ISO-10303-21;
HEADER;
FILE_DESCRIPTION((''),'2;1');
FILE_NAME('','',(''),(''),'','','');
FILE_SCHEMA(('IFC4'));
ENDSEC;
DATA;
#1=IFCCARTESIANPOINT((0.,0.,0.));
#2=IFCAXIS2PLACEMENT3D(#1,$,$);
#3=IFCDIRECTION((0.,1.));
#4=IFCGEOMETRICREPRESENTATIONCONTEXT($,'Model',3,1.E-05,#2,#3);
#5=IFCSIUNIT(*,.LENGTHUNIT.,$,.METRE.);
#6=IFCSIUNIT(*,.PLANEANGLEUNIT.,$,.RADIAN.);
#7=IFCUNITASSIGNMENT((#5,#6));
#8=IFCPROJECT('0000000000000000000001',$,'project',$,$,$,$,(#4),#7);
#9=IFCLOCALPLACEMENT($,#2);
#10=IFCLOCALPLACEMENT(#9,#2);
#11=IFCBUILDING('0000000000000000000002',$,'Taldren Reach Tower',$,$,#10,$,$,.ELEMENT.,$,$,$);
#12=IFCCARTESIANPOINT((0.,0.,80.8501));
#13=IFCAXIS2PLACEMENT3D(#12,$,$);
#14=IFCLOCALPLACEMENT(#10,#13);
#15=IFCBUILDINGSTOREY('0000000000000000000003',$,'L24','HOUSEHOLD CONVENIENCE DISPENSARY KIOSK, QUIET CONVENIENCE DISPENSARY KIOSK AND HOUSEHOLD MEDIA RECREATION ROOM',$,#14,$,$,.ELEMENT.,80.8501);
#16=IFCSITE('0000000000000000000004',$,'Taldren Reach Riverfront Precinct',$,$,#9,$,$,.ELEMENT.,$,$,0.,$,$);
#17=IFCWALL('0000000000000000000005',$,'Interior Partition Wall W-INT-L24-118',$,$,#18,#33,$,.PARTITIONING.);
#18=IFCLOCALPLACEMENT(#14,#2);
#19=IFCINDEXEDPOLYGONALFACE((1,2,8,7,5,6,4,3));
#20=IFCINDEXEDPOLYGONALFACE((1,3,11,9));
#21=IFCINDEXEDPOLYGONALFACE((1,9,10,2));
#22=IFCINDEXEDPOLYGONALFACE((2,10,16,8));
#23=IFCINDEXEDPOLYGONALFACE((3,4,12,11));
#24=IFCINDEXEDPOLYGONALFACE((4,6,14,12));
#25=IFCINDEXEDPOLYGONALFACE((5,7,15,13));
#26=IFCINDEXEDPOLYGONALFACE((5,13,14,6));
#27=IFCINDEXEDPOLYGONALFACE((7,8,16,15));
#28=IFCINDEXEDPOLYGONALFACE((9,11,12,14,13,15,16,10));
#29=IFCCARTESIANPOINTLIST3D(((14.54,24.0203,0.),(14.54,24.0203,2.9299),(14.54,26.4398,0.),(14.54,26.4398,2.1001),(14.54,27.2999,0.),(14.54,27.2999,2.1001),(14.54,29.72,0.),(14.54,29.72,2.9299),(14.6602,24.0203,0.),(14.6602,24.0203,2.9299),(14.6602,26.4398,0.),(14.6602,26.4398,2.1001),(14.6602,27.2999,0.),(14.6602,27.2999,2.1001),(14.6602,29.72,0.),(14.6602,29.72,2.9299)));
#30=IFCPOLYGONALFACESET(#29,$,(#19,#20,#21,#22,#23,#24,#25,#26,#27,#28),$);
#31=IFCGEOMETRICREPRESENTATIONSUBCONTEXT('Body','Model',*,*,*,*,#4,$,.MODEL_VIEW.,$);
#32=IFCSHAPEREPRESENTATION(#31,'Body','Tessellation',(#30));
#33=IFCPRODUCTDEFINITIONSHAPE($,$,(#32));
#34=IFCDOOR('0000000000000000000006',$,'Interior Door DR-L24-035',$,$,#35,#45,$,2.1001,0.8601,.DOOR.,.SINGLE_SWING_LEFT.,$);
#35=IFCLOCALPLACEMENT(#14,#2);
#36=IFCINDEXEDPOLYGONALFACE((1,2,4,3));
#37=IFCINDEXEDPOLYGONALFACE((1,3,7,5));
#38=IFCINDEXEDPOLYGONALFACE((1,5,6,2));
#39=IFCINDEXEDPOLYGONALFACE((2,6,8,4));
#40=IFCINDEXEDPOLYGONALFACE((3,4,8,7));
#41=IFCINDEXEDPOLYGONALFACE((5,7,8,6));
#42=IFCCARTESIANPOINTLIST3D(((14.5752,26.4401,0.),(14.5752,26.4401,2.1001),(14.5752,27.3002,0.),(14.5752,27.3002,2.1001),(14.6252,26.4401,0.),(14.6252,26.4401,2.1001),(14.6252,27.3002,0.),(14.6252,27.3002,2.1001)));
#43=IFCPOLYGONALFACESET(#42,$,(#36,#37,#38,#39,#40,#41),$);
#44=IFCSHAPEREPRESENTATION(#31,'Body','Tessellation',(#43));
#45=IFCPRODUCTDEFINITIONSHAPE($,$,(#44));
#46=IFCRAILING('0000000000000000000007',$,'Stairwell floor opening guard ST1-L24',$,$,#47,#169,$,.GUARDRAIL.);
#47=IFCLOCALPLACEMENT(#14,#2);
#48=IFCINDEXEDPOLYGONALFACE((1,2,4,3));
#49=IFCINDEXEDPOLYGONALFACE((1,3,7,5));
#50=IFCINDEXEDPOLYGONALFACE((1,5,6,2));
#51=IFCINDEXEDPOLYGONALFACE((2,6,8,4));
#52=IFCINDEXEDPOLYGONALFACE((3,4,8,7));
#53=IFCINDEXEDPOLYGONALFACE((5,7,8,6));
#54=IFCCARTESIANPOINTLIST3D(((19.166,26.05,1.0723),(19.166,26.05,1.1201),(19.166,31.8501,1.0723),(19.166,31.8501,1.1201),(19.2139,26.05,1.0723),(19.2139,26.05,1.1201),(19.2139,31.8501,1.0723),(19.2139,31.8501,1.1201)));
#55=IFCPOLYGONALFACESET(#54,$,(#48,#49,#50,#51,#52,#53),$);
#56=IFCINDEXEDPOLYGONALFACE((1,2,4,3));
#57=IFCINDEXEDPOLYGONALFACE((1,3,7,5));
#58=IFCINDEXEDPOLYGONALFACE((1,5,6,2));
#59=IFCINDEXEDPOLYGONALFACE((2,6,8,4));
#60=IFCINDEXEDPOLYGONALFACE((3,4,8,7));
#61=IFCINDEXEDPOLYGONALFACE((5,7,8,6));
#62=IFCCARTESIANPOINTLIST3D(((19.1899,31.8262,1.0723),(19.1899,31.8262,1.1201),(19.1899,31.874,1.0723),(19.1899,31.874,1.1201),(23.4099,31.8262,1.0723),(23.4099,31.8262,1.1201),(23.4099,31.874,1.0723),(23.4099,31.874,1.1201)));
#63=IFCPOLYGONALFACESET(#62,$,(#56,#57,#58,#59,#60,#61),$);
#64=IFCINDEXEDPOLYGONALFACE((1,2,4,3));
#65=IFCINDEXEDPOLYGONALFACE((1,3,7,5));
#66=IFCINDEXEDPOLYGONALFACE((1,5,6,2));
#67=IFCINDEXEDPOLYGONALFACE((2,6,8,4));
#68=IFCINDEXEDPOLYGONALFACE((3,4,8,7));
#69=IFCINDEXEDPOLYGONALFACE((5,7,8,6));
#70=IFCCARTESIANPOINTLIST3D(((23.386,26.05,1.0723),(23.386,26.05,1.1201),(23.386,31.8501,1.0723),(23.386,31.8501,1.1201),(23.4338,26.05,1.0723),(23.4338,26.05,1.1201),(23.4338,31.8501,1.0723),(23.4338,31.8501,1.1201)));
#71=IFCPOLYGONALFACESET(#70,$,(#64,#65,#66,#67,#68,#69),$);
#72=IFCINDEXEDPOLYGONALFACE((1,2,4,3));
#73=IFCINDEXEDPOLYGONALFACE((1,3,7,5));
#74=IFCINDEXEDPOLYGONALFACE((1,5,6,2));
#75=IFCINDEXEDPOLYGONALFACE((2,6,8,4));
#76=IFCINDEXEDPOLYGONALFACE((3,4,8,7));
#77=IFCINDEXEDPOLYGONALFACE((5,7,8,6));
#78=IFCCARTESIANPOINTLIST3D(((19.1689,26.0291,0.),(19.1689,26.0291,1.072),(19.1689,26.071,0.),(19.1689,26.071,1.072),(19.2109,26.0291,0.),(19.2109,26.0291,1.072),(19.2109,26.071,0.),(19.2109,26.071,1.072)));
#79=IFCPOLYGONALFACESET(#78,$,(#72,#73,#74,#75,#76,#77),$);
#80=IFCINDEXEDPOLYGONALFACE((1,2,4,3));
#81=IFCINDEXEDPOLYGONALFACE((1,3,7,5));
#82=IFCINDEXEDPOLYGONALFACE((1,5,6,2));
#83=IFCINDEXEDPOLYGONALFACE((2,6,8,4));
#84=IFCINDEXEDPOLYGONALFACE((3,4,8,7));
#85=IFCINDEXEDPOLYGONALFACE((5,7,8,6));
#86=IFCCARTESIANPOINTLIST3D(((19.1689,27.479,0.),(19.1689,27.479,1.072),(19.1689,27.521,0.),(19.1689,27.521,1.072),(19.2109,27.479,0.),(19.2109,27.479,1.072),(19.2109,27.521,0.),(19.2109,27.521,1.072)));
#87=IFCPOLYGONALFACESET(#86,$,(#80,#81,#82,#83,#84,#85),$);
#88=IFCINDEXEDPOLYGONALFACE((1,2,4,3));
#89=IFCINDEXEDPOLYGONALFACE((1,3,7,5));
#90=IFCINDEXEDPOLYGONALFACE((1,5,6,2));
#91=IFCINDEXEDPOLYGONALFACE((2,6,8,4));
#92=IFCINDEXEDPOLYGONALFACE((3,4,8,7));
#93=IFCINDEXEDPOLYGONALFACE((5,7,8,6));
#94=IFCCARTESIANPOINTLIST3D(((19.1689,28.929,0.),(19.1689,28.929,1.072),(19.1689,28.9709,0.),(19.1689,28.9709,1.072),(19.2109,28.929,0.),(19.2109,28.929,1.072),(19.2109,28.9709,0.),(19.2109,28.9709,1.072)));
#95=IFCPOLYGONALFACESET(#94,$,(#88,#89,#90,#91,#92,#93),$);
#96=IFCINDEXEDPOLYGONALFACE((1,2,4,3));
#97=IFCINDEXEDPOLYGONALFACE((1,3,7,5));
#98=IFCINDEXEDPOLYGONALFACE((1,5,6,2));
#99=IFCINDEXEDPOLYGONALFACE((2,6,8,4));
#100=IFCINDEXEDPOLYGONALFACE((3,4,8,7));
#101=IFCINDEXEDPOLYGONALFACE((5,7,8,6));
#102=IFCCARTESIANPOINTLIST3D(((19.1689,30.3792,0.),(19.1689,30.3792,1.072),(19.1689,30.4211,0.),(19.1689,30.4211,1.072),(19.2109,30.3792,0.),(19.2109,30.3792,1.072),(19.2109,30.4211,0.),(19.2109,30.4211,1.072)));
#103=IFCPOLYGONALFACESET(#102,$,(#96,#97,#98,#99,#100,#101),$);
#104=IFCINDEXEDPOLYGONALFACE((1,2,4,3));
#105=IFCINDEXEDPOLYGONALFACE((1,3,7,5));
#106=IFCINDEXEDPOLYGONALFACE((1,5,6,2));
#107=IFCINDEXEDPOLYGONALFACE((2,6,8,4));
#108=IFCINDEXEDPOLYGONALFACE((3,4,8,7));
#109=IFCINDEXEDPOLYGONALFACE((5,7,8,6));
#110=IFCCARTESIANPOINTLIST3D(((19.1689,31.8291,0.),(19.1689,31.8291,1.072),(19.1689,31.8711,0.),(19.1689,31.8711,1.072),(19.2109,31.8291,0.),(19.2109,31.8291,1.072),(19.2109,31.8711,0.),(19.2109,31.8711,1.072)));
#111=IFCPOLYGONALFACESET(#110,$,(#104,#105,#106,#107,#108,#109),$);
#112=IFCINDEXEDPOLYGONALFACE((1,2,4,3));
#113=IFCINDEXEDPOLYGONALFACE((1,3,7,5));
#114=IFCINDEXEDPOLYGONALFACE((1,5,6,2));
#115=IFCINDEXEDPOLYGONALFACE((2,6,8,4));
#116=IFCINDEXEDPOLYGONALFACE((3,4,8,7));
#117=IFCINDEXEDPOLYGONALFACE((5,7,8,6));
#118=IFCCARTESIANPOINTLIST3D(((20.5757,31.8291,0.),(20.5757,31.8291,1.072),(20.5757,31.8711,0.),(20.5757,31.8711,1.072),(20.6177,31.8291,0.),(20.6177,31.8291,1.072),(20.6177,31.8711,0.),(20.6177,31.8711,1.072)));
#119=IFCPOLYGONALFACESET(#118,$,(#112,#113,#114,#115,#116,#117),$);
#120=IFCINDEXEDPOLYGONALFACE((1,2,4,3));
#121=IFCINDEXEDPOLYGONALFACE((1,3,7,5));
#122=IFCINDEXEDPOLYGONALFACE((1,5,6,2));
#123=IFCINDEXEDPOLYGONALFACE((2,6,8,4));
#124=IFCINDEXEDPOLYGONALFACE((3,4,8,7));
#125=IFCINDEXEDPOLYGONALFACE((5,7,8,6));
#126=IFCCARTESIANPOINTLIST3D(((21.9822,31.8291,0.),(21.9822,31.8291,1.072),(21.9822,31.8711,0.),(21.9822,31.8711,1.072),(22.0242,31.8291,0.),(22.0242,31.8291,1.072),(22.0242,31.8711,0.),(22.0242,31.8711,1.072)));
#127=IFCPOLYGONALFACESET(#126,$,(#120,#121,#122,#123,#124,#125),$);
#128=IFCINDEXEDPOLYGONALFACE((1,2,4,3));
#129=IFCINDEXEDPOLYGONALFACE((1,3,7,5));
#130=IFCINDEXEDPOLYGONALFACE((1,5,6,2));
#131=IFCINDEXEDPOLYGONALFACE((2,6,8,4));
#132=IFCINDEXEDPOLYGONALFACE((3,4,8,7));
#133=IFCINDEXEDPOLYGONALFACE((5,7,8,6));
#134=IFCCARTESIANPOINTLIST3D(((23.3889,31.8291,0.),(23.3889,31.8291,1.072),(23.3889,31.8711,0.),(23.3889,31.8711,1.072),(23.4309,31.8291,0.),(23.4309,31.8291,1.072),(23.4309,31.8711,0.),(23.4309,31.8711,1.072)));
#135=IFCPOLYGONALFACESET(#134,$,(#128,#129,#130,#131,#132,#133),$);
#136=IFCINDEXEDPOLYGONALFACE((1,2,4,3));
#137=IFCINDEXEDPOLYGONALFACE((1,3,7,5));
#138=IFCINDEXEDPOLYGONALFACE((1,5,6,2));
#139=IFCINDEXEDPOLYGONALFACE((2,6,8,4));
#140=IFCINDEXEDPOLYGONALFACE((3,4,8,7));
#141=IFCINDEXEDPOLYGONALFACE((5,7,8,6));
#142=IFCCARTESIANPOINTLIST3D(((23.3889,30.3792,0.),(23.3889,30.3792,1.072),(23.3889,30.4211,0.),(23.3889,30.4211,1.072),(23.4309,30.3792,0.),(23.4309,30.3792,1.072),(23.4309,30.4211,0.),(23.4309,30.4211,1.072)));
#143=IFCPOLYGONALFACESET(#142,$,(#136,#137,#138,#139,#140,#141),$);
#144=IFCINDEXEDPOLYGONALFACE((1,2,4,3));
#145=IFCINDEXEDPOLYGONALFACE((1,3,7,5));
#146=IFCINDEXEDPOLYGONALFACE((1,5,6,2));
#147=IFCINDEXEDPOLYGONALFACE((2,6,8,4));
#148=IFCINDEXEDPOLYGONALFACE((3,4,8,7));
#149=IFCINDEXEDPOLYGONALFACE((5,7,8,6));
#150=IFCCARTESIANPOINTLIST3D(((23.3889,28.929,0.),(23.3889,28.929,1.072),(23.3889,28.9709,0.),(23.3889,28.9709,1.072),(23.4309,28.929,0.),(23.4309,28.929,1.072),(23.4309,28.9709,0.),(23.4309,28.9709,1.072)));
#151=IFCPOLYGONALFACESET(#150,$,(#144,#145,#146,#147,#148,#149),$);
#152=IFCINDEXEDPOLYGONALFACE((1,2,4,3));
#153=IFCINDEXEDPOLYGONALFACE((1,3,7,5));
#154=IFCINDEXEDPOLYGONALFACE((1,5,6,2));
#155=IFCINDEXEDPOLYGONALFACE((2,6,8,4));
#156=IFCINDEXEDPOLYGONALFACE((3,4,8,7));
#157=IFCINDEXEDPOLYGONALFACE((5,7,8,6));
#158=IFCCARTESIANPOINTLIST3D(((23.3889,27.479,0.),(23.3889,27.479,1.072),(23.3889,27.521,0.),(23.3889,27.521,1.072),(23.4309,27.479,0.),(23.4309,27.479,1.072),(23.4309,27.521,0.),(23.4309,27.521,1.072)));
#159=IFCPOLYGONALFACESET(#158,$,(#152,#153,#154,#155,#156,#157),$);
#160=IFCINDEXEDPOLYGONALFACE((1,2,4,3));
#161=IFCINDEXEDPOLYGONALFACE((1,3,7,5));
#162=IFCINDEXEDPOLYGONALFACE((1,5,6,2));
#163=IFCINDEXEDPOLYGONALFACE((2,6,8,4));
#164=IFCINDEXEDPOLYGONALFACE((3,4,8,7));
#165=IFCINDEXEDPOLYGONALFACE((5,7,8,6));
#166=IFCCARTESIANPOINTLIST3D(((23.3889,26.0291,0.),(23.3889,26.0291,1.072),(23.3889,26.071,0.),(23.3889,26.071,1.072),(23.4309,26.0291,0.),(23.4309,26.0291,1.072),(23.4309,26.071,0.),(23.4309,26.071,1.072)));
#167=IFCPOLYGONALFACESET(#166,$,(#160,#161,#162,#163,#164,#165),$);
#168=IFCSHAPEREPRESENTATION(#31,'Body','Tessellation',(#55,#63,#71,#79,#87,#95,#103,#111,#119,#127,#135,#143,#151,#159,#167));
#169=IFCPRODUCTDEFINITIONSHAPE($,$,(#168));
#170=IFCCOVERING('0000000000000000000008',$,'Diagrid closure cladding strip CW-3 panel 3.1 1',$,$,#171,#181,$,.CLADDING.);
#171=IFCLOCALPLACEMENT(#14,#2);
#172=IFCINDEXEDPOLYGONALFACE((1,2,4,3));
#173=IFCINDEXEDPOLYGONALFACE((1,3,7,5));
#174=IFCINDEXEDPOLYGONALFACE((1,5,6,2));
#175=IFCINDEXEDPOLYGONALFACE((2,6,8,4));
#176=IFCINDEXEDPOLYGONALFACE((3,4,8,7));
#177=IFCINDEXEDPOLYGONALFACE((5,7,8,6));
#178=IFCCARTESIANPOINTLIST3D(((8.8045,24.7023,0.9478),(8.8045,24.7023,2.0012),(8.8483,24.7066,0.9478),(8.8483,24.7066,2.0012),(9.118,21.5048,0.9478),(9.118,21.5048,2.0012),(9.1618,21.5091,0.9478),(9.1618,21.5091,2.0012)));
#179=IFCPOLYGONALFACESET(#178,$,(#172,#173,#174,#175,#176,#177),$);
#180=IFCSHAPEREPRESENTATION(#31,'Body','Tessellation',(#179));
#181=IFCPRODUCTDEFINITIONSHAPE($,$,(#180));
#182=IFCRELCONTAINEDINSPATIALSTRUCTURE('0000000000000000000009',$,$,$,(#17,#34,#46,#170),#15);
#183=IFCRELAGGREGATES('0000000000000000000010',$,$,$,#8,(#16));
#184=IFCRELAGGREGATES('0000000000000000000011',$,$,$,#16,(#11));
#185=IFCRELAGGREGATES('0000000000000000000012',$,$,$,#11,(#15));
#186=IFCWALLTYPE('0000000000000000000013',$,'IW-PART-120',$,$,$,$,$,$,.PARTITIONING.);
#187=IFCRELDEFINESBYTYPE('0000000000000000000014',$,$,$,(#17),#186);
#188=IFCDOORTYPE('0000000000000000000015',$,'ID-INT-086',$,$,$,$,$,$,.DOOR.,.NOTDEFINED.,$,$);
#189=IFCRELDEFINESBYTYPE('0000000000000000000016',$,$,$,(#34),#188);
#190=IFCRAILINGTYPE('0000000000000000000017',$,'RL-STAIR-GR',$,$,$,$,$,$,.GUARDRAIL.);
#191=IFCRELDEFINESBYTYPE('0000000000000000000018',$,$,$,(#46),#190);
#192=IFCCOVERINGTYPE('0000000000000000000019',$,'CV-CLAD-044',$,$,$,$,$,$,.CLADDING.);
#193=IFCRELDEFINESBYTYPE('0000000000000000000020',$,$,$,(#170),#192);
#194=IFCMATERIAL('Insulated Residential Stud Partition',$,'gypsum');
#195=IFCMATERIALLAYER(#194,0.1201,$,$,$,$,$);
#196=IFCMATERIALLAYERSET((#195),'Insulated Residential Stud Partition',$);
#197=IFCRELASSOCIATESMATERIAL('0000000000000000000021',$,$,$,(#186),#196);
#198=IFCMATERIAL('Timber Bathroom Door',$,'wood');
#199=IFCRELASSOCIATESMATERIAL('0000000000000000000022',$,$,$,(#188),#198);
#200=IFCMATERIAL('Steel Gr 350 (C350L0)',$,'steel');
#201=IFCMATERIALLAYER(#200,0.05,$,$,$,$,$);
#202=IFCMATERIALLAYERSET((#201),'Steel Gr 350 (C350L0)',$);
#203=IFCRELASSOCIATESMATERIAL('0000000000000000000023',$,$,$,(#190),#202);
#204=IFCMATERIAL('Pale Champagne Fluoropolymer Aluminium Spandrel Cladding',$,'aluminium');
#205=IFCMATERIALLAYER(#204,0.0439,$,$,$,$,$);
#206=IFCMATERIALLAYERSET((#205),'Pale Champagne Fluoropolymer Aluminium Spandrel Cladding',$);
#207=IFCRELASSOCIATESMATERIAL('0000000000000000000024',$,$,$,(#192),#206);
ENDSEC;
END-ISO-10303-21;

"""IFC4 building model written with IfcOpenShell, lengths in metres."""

from ifc_helpers import new_model, si_unit, direction, frame, frame_2d, origin, origin_2d, place, context, subcontext, project, spatial, rectangle, extrude, source, transform, mapped, material, layer, layer_set, type_object, element, fill, save


model = new_model("IFC4")

# Units and contexts
model_context = context("Model", 3, precision=1e-05, world=origin(), true_north=direction((0.0, 1.0)))
body_context = subcontext(model_context, "Body", "Model", "MODEL_VIEW")
ifc_project = project(units=[si_unit("LENGTHUNIT", "METRE"), si_unit("PLANEANGLEUNIT", "RADIAN")], contexts=[model_context])

# Site, building, storey
site_placement = place(None, origin())
site = spatial("IfcSite", under=ifc_project, at=site_placement, Name="Taldren Reach Riverfront Precinct", CompositionType="ELEMENT", RefElevation=0.0)
building_placement = place(site_placement, origin())
building = spatial("IfcBuilding", under=site, at=building_placement, Name="Taldren Reach Tower", CompositionType="ELEMENT")
storey_placement = place(building_placement, frame((0.0, 0.0, 80.8501)))
storey = spatial("IfcBuildingStorey", under=building, at=storey_placement, Name="L24", Description="HOUSEHOLD CONVENIENCE DISPENSARY KIOSK, QUIET CONVENIENCE DISPENSARY KIOSK AND HOUSEHOLD MEDIA RECREATION ROOM", CompositionType="ELEMENT", Elevation=80.8501)

# Shared definitions
ifc_material_1 = material(Name="Steel Gr 350 (C350L0)", Category="steel")

# Shared definitions
ifc_material_2 = material(Name="Insulated Residential Stud Partition", Category="gypsum")
ifc_layer_1 = layer(ifc_material_2, 0.1201)
ifc_layer_set_1 = layer_set([ifc_layer_1], Name="Insulated Residential Stud Partition")
wall_type_1 = type_object("IfcWallType", Name="IW-PART-120", PredefinedType="PARTITIONING", material=ifc_layer_set_1)

# Wall, opening, door
shared_shape_1 = source(origin(), body_context, "Body", "SweptSolid", [
    extrude(rectangle(XDim=5.6997, YDim=0.1201, at=frame_2d((2.8499, 0.0))), origin(), (0.0, 0.0, 1.0), 2.9299),
])
wall_1_placement = place(storey_placement, frame((14.6001, 29.72, 0.0), z_axis=(0.0, 0.0, 1.0), x_axis=(0.0, -1.0, 0.0)))
wall_1 = element("IfcWall", 1, at=wall_1_placement, inside=storey, type_object=wall_type_1, Name="Interior Partition Wall W-INT-L24-118", PredefinedType="PARTITIONING", context=body_context, shape_type="MappedRepresentation", body=[
    mapped(shared_shape_1, transform((0.0, 0.0, 0.0), scale=1.0)),
])
shared_shape_2 = source(origin(), body_context, "Body", "SweptSolid", [
    extrude(rectangle(XDim=0.8601, YDim=2.1001, at=frame_2d((0.4302, 1.05))), frame((0.0, 0.0701, 0.0), z_axis=(0.0, -1.0, 0.0), x_axis=(1.0, 0.0, 0.0)), (0.0, 0.0, 1.0), 0.1401),
])
opening_1_placement = place(wall_1_placement, frame((2.4199, 0.0, 0.0)))
opening_1 = element("IfcOpeningElement", 2, at=opening_1_placement, cuts=wall_1, PredefinedType="OPENING", context=body_context, shape_type="MappedRepresentation", body=[
    mapped(shared_shape_2, transform((0.0, 0.0, 0.0), scale=1.0)),
])
ifc_material_3 = material(Name="Timber Bathroom Door", Category="wood")
door_type_1 = type_object("IfcDoorType", Name="ID-INT-086", OperationType="NOTDEFINED", PredefinedType="DOOR", material=ifc_material_3)
shared_shape_3 = source(origin(), body_context, "Body", "SweptSolid", [
    extrude(rectangle(XDim=0.8601, YDim=2.1001, at=frame_2d((0.4302, 1.05))), frame((0.0, 0.0249, 0.0), z_axis=(0.0, -1.0, 0.0), x_axis=(1.0, 0.0, 0.0)), (0.0, 0.0, 1.0), 0.05),
])
door_1_placement = place(opening_1_placement, frame((0.8601, 0.0, 0.0), z_axis=(0.0, 0.0, 1.0), x_axis=(-1.0, 0.0, 0.0)))
door_1 = element("IfcDoor", 3, at=door_1_placement, inside=storey, type_object=door_type_1, Name="Interior Door DR-L24-035", OperationType="SINGLE_SWING_LEFT", OverallHeight=2.1001, OverallWidth=0.8601, PredefinedType="DOOR", context=body_context, shape_type="MappedRepresentation", body=[
    mapped(shared_shape_3, transform((0.0, 0.0, 0.0), scale=1.0)),
])
fill(opening_1, door_1)

# Railing
ifc_layer_2 = layer(ifc_material_1, 0.05)
ifc_layer_set_2 = layer_set([ifc_layer_2], Name="Steel Gr 350 (C350L0)")
railing_type = type_object("IfcRailingType", Name="RL-STAIR-GR", PredefinedType="GUARDRAIL", material=ifc_layer_set_2)
railing_placement = place(storey_placement, frame((19.1899, 26.05, 0.0)))
element("IfcRailing", 4, at=railing_placement, inside=storey, type_object=railing_type, Name="Stairwell floor opening guard ST1-L24", PredefinedType="GUARDRAIL", context=body_context, shape_type="SweptSolid", body=[
    extrude(rectangle(XDim=0.0479, YDim=0.0479, at=origin_2d()), frame((0.0, 0.0, 1.0962), z_axis=(0.0, 1.0, 0.0), x_axis=(-1.0, 0.0, 0.0)), (0.0, 0.0, 1.0), 5.8),
    extrude(rectangle(XDim=0.0479, YDim=0.0479, at=origin_2d()), frame((0.0, 5.8, 1.0962), z_axis=(1.0, 0.0, 0.0), x_axis=(0.0, 1.0, 0.0)), (0.0, 0.0, 1.0), 4.22),
    extrude(rectangle(XDim=0.0479, YDim=0.0479, at=origin_2d()), frame((4.22, 5.8, 1.0962), z_axis=(0.0, -1.0, 0.0), x_axis=(1.0, 0.0, 0.0)), (0.0, 0.0, 1.0), 5.8),
    extrude(rectangle(XDim=0.042, YDim=0.042, at=origin_2d()), origin(), (0.0, 0.0, 1.0), 1.072),
    extrude(rectangle(XDim=0.042, YDim=0.042, at=origin_2d()), frame((0.0, 1.45, 0.0)), (0.0, 0.0, 1.0), 1.072),
    extrude(rectangle(XDim=0.042, YDim=0.042, at=origin_2d()), frame((0.0, 2.8999, 0.0)), (0.0, 0.0, 1.0), 1.072),
    extrude(rectangle(XDim=0.042, YDim=0.042, at=origin_2d()), frame((0.0, 4.3501, 0.0)), (0.0, 0.0, 1.0), 1.072),
    extrude(rectangle(XDim=0.042, YDim=0.042, at=origin_2d()), frame((0.0, 5.8, 0.0)), (0.0, 0.0, 1.0), 1.072),
    extrude(rectangle(XDim=0.042, YDim=0.042, at=origin_2d()), frame((1.4067, 5.8, 0.0)), (0.0, 0.0, 1.0), 1.072),
    extrude(rectangle(XDim=0.042, YDim=0.042, at=origin_2d()), frame((2.8132, 5.8, 0.0)), (0.0, 0.0, 1.0), 1.072),
    extrude(rectangle(XDim=0.042, YDim=0.042, at=origin_2d()), frame((4.22, 5.8, 0.0)), (0.0, 0.0, 1.0), 1.072),
    extrude(rectangle(XDim=0.042, YDim=0.042, at=origin_2d()), frame((4.22, 4.3501, 0.0)), (0.0, 0.0, 1.0), 1.072),
    extrude(rectangle(XDim=0.042, YDim=0.042, at=origin_2d()), frame((4.22, 2.8999, 0.0)), (0.0, 0.0, 1.0), 1.072),
    extrude(rectangle(XDim=0.042, YDim=0.042, at=origin_2d()), frame((4.22, 1.45, 0.0)), (0.0, 0.0, 1.0), 1.072),
    extrude(rectangle(XDim=0.042, YDim=0.042, at=origin_2d()), frame((4.22, 0.0, 0.0)), (0.0, 0.0, 1.0), 1.072),
])

# Covering
ifc_material_4 = material(Name="Pale Champagne Fluoropolymer Aluminium Spandrel Cladding", Category="aluminium")
ifc_layer_3 = layer(ifc_material_4, 0.0439)
ifc_layer_set_3 = layer_set([ifc_layer_3], Name="Pale Champagne Fluoropolymer Aluminium Spandrel Cladding")
covering_type = type_object("IfcCoveringType", Name="CV-CLAD-044", PredefinedType="CLADDING", material=ifc_layer_set_3)
shared_shape_4 = source(origin(), body_context, "Body", "SweptSolid", [
    extrude(rectangle(XDim=3.2129, YDim=0.0439, at=origin_2d()), origin(), (0.0, 0.0, 1.0), 1.0535),
])
covering_placement = place(storey_placement, frame((8.9832, 23.1057, 0.9478), z_axis=(0.0, 0.0, 1.0), x_axis=(0.097583, -0.995227, 0.0)))
element("IfcCovering", 5, at=covering_placement, inside=storey, type_object=covering_type, Name="Diagrid closure cladding strip CW-3 panel 3.1 1", PredefinedType="CLADDING", context=body_context, shape_type="MappedRepresentation", body=[
    mapped(shared_shape_4, transform((0.0, 0.0, 0.0), scale=1.0)),
])

save(model, "model.ifc")
